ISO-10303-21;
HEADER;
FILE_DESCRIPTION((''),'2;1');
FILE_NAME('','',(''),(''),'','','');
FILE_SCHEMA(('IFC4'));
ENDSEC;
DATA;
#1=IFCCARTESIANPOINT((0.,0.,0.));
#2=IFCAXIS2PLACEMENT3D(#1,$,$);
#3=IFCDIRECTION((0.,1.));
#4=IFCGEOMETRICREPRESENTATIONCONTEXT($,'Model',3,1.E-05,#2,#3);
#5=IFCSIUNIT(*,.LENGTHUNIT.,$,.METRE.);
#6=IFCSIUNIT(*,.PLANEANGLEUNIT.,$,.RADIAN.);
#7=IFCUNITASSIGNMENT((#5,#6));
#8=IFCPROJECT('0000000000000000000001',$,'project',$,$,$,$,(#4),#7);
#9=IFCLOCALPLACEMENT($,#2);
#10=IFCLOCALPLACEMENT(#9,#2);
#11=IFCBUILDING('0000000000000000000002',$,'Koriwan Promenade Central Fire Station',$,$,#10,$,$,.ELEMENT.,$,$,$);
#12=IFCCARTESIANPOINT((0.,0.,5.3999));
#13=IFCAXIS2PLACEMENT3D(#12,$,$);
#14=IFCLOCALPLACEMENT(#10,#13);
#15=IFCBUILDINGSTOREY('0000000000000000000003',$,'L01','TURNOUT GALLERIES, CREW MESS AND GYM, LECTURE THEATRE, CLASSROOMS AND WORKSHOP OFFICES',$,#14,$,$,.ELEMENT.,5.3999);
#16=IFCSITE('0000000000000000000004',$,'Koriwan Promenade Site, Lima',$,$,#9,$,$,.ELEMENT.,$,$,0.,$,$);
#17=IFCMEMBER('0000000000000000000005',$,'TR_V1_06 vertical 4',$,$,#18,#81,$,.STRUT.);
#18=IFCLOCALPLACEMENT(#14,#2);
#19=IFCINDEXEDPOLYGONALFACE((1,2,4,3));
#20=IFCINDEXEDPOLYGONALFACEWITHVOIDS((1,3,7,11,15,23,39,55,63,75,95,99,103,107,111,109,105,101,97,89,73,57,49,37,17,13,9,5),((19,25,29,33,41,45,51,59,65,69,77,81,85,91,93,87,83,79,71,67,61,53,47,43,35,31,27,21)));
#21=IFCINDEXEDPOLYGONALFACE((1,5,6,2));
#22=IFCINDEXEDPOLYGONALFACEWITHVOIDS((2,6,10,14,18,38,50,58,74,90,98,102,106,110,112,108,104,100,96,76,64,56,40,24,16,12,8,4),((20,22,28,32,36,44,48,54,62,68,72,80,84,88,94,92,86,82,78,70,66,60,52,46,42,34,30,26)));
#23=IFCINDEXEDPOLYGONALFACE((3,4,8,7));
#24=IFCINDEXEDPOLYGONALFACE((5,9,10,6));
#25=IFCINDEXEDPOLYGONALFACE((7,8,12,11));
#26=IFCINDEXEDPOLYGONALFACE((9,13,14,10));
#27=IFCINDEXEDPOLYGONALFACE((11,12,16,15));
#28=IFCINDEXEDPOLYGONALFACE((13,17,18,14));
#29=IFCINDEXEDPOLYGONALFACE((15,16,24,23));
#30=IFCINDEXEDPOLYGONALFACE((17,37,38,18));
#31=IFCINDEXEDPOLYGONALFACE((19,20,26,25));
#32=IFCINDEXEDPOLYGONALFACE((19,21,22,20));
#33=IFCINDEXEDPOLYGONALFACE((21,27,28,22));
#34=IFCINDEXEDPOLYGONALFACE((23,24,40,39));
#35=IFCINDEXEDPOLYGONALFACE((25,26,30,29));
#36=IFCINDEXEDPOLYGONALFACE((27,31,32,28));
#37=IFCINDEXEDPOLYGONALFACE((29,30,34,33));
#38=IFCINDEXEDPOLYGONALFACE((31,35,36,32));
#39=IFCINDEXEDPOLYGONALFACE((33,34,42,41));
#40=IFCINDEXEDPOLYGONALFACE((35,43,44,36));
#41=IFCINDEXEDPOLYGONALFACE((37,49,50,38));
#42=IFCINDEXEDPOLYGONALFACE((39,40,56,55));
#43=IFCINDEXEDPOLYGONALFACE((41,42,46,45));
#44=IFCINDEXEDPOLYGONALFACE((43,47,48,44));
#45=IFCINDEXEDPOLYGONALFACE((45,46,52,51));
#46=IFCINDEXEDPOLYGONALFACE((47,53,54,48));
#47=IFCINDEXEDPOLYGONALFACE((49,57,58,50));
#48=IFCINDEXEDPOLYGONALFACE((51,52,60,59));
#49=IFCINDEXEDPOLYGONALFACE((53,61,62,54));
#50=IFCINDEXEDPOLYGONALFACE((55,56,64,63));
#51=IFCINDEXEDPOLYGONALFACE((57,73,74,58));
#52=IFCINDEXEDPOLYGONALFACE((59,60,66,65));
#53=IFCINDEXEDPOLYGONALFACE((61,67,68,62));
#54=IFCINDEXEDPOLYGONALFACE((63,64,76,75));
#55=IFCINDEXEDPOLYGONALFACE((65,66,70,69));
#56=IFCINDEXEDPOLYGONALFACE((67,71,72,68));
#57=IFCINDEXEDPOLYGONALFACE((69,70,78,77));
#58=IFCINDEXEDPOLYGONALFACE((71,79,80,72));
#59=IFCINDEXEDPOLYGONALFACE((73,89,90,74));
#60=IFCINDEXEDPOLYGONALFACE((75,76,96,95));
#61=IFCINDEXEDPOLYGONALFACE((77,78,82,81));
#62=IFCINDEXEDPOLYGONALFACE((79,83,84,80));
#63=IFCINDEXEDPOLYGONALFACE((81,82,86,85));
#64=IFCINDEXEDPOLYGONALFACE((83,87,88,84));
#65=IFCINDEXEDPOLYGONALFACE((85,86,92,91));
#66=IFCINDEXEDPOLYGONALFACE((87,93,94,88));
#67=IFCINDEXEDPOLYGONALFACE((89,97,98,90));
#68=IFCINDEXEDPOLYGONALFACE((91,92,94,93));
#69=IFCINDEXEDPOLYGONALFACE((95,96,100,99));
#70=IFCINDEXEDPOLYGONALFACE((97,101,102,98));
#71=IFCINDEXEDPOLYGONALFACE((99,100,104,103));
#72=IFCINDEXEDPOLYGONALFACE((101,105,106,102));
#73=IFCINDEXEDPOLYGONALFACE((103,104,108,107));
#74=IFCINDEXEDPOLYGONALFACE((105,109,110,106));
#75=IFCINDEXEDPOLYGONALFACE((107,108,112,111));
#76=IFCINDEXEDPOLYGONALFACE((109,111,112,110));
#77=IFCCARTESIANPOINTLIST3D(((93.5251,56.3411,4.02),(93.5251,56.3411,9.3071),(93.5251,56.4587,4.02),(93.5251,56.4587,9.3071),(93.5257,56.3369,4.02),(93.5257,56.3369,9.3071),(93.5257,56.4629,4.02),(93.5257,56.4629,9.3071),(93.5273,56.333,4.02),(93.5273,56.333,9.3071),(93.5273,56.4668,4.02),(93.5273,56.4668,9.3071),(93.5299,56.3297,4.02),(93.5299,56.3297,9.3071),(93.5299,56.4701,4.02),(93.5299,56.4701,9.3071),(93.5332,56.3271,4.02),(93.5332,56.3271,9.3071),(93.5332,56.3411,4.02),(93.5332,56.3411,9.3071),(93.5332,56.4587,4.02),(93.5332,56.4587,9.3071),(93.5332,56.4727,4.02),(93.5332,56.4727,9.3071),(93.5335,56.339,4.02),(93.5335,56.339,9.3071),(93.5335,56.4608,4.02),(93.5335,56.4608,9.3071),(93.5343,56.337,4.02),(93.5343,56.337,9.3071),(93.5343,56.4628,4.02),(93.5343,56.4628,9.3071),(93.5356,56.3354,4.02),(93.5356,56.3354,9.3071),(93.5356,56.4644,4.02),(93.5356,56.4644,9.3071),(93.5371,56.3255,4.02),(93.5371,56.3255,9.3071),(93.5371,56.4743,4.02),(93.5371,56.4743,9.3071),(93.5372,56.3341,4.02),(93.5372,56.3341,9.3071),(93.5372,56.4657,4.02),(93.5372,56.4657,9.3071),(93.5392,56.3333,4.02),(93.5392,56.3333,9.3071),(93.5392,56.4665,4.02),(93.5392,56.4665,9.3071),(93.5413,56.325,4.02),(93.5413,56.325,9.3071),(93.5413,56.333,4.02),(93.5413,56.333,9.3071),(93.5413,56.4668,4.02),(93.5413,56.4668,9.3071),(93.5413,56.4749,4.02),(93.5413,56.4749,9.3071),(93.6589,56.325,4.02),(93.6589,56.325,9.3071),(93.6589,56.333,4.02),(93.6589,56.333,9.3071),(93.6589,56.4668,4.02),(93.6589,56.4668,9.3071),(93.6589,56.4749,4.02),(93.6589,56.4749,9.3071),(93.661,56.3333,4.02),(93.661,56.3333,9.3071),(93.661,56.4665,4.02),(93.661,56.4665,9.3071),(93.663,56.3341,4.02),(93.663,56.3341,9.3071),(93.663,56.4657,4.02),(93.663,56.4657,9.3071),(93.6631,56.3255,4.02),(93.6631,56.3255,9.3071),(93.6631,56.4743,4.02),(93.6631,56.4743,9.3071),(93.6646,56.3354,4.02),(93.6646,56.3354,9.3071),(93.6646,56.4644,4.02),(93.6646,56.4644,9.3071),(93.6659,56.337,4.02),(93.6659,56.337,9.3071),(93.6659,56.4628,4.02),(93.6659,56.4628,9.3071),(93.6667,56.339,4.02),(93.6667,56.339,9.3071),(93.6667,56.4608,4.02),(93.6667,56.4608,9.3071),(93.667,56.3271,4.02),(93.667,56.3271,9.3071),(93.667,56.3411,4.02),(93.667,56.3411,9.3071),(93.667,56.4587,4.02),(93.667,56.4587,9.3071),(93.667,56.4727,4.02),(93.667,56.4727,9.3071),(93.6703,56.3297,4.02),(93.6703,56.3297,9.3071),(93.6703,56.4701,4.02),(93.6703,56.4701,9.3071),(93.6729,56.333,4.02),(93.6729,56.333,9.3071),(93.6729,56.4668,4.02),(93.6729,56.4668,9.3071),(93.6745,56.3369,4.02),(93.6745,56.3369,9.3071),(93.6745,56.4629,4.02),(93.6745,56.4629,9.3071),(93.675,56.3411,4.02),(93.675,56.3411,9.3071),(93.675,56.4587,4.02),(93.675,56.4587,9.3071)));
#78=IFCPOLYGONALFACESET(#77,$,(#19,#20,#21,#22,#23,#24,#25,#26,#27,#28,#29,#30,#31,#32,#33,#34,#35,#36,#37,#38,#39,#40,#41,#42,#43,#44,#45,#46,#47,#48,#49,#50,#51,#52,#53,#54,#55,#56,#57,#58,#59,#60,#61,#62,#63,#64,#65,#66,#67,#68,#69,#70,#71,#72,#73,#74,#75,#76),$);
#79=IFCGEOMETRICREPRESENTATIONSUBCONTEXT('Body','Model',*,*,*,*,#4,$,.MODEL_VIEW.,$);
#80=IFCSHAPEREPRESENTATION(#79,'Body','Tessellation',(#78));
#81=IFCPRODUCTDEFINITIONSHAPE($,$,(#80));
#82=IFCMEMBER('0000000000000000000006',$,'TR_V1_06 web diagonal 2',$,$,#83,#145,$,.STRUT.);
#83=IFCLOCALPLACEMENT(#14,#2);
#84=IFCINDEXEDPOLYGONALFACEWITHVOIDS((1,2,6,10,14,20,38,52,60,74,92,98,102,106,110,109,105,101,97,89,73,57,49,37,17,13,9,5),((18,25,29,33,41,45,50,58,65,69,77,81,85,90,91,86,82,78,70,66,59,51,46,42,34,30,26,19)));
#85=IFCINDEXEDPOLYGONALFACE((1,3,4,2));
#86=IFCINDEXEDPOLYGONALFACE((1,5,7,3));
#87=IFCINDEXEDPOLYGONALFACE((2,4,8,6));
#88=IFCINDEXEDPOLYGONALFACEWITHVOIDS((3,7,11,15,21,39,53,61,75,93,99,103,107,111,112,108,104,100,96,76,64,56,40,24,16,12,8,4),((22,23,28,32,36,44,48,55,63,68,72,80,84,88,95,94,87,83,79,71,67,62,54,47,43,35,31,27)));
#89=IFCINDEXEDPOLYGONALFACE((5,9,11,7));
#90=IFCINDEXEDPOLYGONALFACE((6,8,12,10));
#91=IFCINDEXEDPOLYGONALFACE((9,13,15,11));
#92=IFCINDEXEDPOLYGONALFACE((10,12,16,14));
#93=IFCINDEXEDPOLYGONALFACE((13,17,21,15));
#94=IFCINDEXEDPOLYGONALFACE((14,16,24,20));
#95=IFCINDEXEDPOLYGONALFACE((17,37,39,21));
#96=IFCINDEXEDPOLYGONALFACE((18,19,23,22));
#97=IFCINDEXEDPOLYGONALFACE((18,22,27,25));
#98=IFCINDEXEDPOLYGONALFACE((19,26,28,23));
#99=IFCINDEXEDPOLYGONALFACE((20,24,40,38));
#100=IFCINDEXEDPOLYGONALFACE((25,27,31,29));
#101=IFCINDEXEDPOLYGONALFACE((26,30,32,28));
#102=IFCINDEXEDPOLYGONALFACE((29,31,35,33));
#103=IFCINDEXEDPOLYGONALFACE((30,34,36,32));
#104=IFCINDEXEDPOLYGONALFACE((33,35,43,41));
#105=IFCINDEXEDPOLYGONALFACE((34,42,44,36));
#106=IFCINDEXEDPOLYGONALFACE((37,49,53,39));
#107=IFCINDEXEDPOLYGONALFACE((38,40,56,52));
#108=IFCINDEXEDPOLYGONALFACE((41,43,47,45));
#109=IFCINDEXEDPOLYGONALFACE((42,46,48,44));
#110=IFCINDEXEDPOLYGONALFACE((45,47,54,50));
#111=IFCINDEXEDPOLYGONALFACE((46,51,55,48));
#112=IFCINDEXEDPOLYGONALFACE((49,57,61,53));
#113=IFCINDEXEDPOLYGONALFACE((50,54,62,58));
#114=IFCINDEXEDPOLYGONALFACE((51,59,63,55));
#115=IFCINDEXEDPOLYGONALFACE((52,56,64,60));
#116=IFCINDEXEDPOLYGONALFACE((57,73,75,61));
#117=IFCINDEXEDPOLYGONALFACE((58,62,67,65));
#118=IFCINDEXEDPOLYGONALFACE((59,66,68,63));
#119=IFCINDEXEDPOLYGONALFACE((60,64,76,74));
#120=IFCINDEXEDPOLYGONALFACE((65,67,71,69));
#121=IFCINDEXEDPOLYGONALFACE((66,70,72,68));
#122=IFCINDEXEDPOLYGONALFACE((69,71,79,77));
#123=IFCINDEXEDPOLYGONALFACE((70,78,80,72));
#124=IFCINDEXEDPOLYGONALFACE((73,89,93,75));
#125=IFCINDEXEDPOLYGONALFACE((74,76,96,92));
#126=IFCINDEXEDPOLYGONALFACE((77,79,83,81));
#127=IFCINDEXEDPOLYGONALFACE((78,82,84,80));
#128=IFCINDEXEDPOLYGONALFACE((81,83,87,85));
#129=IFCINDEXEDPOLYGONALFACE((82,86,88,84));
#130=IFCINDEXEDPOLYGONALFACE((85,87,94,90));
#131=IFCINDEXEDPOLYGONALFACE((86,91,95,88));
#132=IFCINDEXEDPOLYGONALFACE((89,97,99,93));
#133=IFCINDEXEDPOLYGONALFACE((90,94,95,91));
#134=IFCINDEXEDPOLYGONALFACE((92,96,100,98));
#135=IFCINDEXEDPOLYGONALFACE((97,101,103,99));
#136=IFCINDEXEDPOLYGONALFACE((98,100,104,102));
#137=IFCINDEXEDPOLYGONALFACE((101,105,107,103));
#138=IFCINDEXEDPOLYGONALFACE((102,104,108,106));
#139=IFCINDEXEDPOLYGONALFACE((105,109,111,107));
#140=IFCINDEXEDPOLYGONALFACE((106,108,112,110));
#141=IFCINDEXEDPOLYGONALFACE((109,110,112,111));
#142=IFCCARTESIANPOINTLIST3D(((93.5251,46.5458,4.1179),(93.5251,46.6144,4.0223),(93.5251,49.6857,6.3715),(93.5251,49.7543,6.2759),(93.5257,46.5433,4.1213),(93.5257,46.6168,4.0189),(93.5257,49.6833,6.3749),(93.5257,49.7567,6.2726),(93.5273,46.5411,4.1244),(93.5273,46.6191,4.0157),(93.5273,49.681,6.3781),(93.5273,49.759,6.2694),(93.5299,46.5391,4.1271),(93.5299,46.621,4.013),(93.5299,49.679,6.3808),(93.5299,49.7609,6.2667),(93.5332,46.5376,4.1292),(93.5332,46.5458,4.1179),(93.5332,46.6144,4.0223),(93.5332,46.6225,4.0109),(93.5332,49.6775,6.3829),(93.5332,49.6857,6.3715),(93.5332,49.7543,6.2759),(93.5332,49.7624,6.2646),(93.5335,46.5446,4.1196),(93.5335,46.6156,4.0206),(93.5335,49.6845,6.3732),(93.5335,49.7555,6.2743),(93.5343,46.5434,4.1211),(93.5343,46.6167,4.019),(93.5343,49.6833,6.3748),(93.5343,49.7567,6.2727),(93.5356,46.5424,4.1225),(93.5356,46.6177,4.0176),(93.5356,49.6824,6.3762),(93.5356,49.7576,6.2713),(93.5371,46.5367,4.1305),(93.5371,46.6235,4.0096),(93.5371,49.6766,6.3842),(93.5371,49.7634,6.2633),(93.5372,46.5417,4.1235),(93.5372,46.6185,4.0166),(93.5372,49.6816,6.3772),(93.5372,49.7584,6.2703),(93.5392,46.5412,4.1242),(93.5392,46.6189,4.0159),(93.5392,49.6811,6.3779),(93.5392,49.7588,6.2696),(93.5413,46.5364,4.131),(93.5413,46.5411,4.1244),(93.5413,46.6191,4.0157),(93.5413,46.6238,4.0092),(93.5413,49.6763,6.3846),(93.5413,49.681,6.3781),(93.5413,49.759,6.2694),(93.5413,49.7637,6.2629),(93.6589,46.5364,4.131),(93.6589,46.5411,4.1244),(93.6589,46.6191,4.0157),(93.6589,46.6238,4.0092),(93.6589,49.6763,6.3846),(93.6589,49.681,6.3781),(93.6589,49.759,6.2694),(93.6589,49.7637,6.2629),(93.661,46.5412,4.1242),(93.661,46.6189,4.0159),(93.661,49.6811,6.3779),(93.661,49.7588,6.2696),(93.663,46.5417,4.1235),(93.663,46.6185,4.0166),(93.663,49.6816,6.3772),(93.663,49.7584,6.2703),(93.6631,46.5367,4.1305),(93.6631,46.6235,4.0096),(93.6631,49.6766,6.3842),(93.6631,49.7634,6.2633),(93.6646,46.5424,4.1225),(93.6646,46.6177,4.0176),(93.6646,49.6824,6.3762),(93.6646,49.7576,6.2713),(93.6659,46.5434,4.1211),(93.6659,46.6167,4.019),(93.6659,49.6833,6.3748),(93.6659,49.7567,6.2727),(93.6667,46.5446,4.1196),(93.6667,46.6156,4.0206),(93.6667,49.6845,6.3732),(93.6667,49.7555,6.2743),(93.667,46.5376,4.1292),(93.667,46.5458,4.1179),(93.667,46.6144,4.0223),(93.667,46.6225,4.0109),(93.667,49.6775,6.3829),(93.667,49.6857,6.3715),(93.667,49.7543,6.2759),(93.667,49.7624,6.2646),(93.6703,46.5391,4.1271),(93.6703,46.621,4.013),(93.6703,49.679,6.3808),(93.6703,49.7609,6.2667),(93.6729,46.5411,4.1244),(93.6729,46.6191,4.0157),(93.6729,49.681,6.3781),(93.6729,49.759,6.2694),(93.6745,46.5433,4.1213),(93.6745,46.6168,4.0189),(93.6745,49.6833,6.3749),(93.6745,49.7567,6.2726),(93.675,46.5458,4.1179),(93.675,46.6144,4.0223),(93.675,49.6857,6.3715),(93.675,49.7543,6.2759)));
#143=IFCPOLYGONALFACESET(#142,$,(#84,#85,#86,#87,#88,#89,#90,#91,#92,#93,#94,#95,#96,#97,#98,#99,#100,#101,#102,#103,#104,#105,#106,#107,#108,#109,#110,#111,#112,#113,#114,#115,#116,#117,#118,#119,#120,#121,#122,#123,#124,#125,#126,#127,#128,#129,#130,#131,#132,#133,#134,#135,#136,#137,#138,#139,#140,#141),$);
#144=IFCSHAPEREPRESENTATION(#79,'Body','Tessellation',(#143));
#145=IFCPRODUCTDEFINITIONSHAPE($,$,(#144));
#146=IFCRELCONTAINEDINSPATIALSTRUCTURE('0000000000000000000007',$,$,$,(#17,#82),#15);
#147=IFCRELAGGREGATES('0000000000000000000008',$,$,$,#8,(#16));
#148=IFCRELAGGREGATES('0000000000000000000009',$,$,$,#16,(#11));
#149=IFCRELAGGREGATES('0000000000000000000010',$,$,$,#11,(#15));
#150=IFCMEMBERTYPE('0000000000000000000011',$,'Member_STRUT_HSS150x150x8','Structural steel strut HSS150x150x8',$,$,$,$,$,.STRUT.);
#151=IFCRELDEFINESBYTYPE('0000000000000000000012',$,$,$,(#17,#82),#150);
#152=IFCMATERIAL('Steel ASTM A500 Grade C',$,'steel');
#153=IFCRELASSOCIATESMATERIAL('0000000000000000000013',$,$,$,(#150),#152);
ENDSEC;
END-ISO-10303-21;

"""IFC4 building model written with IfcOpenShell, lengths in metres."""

from ifc_helpers import new_model, si_unit, direction, frame, origin, origin_2d, place, context, subcontext, project, spatial, hollow_rectangle, extrude, material, material_profile, profile_set, type_object, element, save


model = new_model("IFC4")

# Units and contexts
model_context = context("Model", 3, precision=1e-05, world=origin(), true_north=direction((0.0, 1.0)))
body_context = subcontext(model_context, "Body", "Model", "MODEL_VIEW")
ifc_project = project(units=[si_unit("LENGTHUNIT", "METRE"), si_unit("PLANEANGLEUNIT", "RADIAN")], contexts=[model_context])

# Site, building, storey
site_placement = place(None, origin())
site = spatial("IfcSite", under=ifc_project, at=site_placement, Name="Koriwan Promenade Site, Lima", CompositionType="ELEMENT", RefElevation=0.0)
building_placement = place(site_placement, origin())
building = spatial("IfcBuilding", under=site, at=building_placement, Name="Koriwan Promenade Central Fire Station", CompositionType="ELEMENT")
storey_placement = place(building_placement, frame((0.0, 0.0, 5.3999)))
storey = spatial("IfcBuildingStorey", under=building, at=storey_placement, Name="L01", Description="TURNOUT GALLERIES, CREW MESS AND GYM, LECTURE THEATRE, CLASSROOMS AND WORKSHOP OFFICES", CompositionType="ELEMENT", Elevation=5.3999)

# Members
ifc_material_1 = material(Name="Steel ASTM A500 Grade C", Category="steel")
ifc_material_profile_1 = material_profile(ifc_material_1, hollow_rectangle(XDim=0.1499, YDim=0.1499, WallThickness=0.0081, InnerFilletRadius=0.0081, OuterFilletRadius=0.0161, at=origin_2d()), Name="HSS150x150x8")
ifc_profile_set_1 = profile_set([ifc_material_profile_1], Name="Steel ASTM A500 Grade C")
member_type_1 = type_object("IfcMemberType", Name="Member_STRUT_HSS150x150x8", Description="Structural steel strut HSS150x150x8", PredefinedType="STRUT", material=ifc_profile_set_1)
member_1_placement = place(storey_placement, frame((93.6001, 56.3999, 4.02), z_axis=(0.0, 0.0, 1.0), x_axis=(1.0, 0.0, 0.0)))
element("IfcMember", 1, at=member_1_placement, inside=storey, type_object=member_type_1, Name="TR_V1_06 vertical 4", PredefinedType="STRUT", context=body_context, shape_type="SweptSolid", body=[
    extrude(hollow_rectangle(XDim=0.1499, YDim=0.1499, WallThickness=0.0081, InnerFilletRadius=0.0081, OuterFilletRadius=0.0161, at=origin_2d()), origin(), (0.0, 0.0, 1.0), 5.2871),
])
member_2_placement = place(storey_placement, frame((93.6001, 46.5801, 4.0701), z_axis=(0.0, 0.8124, 0.583101), x_axis=(-1.0, 0.0, 0.0)))
element("IfcMember", 2, at=member_2_placement, inside=storey, type_object=member_type_1, Name="TR_V1_06 web diagonal 2", PredefinedType="STRUT", context=body_context, shape_type="SweptSolid", body=[
    extrude(hollow_rectangle(XDim=0.1499, YDim=0.1499, WallThickness=0.0081, InnerFilletRadius=0.0081, OuterFilletRadius=0.0161, at=origin_2d()), origin(), (0.0, 0.0, 1.0), 3.865),
])

save(model, "model.ifc")
